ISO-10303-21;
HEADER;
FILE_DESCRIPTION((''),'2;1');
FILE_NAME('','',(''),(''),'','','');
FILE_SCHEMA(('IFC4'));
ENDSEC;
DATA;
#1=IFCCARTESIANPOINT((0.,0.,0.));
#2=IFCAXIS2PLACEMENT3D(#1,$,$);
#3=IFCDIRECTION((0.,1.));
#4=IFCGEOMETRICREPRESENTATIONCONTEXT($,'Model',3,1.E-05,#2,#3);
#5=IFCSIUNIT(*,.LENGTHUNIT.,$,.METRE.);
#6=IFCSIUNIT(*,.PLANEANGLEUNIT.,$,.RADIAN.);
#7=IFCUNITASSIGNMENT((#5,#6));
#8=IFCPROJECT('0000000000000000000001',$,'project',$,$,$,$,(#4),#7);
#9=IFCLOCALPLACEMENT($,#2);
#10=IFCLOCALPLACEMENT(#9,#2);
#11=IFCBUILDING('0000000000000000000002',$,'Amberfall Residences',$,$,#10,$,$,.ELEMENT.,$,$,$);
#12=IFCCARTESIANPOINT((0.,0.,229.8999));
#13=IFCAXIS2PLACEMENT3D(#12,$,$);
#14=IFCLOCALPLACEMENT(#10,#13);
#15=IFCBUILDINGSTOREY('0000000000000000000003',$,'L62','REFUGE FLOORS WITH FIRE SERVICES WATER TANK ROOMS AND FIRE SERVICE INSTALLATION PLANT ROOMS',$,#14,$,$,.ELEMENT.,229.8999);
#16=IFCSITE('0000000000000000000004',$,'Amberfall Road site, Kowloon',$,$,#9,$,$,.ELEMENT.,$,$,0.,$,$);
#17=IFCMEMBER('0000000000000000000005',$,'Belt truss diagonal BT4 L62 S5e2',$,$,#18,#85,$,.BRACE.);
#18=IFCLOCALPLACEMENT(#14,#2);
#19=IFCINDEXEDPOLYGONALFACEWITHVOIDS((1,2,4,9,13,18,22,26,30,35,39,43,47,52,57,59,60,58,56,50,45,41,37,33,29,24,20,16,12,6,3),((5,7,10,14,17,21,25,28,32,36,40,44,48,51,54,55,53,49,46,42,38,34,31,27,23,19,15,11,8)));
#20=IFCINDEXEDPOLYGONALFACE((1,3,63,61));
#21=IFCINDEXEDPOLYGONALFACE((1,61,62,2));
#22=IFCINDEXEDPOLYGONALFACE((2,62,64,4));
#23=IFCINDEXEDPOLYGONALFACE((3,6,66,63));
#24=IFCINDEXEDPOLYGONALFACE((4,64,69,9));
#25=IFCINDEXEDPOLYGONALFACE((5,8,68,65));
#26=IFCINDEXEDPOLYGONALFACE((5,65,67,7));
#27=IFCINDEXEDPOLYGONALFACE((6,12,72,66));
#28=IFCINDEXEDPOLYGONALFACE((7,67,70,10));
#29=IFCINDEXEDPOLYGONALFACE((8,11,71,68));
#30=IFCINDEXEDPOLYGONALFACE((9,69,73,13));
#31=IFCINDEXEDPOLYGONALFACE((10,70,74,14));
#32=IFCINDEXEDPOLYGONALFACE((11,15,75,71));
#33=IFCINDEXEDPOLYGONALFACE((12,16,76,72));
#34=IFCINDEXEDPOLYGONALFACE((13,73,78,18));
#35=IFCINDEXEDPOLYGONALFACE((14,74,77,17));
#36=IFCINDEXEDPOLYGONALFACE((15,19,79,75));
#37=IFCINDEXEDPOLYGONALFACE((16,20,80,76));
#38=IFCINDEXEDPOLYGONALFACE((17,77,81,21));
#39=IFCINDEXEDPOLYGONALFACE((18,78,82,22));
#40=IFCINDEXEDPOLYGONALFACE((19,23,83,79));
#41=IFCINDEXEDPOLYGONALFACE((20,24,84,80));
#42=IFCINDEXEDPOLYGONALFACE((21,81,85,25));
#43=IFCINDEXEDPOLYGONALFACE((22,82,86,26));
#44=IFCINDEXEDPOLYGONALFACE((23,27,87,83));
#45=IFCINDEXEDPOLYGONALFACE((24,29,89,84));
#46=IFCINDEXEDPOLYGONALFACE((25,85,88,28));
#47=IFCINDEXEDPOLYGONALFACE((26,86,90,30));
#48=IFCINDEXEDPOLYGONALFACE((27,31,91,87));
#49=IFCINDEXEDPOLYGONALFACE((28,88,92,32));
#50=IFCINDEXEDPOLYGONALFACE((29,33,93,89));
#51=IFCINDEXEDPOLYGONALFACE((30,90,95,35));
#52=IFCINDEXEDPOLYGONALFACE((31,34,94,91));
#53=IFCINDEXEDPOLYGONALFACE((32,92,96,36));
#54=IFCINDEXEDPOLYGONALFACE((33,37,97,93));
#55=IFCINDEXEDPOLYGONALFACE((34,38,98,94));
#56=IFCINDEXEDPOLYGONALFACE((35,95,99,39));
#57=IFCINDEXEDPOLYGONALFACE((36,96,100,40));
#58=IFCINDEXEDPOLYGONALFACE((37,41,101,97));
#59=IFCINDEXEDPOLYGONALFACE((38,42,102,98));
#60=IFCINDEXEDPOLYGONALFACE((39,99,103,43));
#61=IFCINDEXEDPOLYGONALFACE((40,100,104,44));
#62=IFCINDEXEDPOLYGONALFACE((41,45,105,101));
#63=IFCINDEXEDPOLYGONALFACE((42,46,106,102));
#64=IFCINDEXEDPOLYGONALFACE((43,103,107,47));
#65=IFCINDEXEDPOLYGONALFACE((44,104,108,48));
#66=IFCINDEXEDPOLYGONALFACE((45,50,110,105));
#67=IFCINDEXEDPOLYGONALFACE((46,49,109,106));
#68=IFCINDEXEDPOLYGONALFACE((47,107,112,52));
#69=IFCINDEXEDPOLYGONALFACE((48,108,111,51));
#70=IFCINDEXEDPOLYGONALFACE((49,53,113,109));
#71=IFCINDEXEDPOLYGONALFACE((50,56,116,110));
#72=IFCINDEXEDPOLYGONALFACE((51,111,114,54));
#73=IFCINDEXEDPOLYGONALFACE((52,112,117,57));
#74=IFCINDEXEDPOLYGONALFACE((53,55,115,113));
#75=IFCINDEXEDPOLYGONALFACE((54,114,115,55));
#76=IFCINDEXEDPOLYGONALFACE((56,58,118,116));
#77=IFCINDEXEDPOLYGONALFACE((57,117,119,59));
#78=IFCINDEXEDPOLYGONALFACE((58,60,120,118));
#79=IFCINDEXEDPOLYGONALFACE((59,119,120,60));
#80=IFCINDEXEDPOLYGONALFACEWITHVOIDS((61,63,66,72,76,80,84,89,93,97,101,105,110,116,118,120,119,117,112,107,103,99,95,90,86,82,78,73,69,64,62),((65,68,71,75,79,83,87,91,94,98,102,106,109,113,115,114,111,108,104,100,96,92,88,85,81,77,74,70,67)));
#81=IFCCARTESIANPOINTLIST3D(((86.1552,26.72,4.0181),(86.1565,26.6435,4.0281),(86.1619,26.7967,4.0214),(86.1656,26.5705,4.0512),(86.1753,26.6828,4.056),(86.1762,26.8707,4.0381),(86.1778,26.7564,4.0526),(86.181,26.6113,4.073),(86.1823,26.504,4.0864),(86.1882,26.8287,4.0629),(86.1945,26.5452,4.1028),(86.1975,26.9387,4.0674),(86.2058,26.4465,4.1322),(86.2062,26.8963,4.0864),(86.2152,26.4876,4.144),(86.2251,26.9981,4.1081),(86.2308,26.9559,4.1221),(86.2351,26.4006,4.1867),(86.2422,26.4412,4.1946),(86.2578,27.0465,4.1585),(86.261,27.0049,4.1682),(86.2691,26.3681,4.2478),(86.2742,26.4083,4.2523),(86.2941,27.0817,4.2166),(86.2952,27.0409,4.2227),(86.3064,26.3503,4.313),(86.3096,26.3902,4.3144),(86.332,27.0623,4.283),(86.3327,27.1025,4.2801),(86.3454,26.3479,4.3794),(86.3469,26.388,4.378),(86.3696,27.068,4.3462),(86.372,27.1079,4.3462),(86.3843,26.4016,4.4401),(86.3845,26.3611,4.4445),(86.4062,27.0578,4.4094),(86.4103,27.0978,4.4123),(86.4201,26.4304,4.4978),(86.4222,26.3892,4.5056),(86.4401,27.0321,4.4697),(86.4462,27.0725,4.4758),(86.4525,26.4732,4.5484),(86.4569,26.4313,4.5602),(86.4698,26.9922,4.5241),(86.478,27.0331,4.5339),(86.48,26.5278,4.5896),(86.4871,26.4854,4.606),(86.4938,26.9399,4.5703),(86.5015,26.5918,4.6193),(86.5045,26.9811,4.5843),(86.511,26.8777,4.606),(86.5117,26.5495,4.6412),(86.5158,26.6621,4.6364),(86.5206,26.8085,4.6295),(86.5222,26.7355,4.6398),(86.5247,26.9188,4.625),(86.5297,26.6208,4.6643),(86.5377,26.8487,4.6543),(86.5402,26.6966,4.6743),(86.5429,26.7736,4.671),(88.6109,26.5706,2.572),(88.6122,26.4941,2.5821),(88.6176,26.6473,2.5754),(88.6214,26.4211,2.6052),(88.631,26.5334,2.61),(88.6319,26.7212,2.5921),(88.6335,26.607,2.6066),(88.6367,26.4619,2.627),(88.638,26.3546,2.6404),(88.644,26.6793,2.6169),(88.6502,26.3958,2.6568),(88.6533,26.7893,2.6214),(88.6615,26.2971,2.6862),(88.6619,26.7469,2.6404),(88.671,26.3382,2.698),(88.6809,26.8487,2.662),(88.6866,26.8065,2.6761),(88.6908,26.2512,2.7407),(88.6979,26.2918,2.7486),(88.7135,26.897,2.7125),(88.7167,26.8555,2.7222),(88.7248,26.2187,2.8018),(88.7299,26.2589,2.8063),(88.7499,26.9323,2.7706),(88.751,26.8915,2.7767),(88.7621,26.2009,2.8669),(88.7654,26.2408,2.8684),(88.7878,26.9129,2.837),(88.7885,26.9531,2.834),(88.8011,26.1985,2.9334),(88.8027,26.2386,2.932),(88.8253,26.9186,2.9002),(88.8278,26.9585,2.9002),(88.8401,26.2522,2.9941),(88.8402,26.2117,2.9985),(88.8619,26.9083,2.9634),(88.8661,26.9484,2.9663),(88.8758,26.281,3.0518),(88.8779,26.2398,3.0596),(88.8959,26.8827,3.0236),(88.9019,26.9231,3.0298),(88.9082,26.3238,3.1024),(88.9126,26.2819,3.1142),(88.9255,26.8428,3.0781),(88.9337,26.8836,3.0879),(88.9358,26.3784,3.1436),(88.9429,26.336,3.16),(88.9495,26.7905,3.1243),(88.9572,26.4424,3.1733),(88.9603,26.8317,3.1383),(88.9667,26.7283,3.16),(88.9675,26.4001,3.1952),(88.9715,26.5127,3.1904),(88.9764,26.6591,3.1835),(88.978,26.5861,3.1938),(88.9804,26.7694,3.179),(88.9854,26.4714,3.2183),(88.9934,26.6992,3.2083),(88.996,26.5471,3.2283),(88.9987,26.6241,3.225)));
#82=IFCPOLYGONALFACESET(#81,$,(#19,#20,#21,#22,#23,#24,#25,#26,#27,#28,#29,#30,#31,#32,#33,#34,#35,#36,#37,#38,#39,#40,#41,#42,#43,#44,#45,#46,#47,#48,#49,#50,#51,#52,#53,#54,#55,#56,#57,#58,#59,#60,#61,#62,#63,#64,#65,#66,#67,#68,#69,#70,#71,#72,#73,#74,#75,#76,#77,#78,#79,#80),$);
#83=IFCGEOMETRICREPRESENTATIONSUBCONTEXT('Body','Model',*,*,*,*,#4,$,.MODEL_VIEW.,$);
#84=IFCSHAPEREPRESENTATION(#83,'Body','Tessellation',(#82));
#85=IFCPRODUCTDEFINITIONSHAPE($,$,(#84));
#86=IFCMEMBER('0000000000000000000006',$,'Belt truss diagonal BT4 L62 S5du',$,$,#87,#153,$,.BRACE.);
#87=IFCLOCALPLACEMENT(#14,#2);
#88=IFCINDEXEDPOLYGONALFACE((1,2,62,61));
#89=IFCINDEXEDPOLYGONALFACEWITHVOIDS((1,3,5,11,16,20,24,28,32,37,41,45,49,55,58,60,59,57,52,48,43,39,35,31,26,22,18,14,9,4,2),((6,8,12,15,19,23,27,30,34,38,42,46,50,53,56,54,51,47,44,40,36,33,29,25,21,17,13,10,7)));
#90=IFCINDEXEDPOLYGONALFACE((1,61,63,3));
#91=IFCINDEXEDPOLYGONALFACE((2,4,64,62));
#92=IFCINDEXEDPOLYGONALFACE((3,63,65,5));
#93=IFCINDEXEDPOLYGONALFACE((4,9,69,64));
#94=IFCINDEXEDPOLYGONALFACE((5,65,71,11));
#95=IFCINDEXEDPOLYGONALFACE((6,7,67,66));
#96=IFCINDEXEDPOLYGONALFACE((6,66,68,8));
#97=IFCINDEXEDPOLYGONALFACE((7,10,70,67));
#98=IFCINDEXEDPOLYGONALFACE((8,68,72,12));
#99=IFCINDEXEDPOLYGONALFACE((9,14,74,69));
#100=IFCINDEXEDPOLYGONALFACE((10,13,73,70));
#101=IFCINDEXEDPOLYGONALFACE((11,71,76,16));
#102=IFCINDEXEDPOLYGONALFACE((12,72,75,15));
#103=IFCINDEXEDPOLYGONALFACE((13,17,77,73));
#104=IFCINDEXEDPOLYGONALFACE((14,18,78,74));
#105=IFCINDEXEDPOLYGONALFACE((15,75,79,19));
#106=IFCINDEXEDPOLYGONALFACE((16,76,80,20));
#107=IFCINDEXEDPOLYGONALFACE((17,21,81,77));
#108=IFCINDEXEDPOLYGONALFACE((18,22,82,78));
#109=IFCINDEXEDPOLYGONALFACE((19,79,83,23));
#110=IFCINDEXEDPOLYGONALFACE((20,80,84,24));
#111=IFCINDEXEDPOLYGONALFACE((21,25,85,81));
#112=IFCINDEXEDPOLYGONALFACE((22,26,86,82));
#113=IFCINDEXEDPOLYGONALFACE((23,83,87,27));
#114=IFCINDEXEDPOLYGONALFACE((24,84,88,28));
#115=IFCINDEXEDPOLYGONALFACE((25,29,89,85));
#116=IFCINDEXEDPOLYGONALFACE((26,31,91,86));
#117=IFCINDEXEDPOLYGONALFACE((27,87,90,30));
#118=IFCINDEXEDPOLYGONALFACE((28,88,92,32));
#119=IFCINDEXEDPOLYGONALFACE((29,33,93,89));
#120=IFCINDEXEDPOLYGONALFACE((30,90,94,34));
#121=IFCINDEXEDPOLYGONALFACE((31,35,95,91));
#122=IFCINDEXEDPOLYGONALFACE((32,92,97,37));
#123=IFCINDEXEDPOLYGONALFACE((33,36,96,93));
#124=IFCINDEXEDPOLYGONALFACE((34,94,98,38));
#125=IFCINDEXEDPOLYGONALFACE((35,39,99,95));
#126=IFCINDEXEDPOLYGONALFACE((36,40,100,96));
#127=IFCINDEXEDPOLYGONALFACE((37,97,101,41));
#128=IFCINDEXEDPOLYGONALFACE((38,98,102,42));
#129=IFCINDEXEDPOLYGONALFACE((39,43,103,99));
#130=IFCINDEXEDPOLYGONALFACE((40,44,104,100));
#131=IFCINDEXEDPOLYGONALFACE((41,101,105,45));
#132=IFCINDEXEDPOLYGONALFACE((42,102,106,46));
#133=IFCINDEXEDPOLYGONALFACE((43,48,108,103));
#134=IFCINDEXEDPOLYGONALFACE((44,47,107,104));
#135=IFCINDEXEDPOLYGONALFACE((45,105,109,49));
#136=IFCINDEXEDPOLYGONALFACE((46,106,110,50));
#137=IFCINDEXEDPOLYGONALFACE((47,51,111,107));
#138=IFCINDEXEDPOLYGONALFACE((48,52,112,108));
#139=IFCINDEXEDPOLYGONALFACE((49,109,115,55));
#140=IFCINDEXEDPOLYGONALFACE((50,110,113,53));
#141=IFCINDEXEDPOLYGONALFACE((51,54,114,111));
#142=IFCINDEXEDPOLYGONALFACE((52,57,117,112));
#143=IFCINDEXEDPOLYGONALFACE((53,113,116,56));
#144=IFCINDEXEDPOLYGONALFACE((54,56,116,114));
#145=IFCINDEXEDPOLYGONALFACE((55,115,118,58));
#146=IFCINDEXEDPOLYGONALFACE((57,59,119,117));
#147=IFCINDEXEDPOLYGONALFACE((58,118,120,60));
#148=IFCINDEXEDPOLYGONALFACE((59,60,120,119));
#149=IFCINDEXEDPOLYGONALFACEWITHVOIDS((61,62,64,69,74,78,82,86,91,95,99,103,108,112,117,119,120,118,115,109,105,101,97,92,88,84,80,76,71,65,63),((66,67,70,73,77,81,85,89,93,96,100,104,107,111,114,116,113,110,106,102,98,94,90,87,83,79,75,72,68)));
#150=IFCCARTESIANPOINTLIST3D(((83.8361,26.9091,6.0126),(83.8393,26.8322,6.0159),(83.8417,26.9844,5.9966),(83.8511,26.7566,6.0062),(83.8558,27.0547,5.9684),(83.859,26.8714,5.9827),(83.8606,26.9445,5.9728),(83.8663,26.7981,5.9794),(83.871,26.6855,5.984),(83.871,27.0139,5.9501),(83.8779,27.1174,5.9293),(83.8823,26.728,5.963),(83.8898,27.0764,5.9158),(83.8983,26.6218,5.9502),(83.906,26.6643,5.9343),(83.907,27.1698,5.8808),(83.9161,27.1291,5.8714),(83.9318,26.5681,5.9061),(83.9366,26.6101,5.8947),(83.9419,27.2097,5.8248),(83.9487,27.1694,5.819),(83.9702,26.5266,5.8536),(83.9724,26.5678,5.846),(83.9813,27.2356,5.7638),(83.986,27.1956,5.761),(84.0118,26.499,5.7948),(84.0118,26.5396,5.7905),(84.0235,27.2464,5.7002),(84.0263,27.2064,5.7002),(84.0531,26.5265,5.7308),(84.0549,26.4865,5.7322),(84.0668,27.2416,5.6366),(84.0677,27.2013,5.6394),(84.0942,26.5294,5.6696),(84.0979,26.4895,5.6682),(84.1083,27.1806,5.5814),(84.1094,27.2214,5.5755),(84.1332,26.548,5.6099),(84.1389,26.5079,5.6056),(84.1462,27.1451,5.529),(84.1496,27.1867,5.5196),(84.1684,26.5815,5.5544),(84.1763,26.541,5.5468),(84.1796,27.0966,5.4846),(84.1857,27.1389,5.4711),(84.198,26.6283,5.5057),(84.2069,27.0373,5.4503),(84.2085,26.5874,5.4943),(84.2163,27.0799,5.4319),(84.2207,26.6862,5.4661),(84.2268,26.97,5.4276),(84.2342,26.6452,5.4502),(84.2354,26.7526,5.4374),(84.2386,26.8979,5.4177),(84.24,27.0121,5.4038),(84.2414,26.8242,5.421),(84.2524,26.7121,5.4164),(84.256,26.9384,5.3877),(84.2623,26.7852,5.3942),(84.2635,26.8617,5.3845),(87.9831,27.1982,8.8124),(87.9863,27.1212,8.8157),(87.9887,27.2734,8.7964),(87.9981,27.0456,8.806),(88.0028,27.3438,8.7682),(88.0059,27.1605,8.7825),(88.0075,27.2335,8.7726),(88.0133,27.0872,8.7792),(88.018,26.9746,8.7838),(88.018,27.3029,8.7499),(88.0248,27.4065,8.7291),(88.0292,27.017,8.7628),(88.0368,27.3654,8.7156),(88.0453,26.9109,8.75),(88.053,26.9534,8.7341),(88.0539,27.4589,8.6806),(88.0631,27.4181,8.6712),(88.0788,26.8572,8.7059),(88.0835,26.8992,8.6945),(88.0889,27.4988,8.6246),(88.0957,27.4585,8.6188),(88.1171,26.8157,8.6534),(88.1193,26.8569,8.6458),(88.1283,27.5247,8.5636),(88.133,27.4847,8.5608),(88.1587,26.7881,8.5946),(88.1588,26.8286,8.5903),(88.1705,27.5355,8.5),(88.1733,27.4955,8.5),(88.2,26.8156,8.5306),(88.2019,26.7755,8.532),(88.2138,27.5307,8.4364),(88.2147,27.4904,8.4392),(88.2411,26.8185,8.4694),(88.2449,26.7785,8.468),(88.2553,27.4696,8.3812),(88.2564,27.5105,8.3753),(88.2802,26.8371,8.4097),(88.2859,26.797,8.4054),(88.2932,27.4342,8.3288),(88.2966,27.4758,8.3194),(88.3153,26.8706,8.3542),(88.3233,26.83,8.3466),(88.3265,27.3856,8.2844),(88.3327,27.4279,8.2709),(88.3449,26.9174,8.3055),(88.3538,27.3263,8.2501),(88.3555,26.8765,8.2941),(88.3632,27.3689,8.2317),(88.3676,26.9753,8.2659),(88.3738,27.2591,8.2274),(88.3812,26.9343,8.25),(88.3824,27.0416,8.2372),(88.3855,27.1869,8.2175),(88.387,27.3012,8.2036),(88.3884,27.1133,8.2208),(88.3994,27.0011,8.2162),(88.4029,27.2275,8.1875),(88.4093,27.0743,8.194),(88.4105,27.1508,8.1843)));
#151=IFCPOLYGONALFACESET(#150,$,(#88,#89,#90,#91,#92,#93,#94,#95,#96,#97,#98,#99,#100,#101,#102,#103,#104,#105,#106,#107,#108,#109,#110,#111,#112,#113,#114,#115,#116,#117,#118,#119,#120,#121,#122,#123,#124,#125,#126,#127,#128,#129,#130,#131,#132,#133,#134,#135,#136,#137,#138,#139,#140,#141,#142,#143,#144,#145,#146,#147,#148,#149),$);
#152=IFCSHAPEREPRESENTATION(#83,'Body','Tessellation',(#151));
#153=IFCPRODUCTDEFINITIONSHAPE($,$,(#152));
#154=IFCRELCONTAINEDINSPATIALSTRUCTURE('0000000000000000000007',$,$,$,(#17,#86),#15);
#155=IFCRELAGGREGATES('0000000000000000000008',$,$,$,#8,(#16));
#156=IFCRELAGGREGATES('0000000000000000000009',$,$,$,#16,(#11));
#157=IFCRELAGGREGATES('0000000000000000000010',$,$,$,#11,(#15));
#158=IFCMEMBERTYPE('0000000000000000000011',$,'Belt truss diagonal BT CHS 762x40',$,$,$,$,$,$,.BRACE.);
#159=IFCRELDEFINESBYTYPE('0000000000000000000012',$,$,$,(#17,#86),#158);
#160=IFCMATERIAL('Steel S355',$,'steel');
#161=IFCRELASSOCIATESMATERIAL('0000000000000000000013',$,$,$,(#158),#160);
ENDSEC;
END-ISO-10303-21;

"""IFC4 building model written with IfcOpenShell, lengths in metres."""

from ifc_helpers import new_model, si_unit, direction, frame, origin, origin_2d, place, context, subcontext, project, spatial, hollow_circle, extrude, material, material_profile, profile_set, type_object, element, save


model = new_model("IFC4")

# Units and contexts
model_context = context("Model", 3, precision=1e-05, world=origin(), true_north=direction((0.0, 1.0)))
body_context = subcontext(model_context, "Body", "Model", "MODEL_VIEW")
ifc_project = project(units=[si_unit("LENGTHUNIT", "METRE"), si_unit("PLANEANGLEUNIT", "RADIAN")], contexts=[model_context])

# Site, building, storey
site_placement = place(None, origin())
site = spatial("IfcSite", under=ifc_project, at=site_placement, Name="Amberfall Road site, Kowloon", CompositionType="ELEMENT", RefElevation=0.0)
building_placement = place(site_placement, origin())
building = spatial("IfcBuilding", under=site, at=building_placement, Name="Amberfall Residences", CompositionType="ELEMENT")
storey_placement = place(building_placement, frame((0.0, 0.0, 229.8999)))
storey = spatial("IfcBuildingStorey", under=building, at=storey_placement, Name="L62", Description="REFUGE FLOORS WITH FIRE SERVICES WATER TANK ROOMS AND FIRE SERVICE INSTALLATION PLANT ROOMS", CompositionType="ELEMENT", Elevation=229.8999)

# Shared definitions
ifc_material_1 = material(Name="Steel S355", Category="steel")

# Members
ifc_material_profile_1 = material_profile(ifc_material_1, hollow_circle(Radius=0.3811, WallThickness=0.04, at=origin_2d()), Name="CHS 762x40")
ifc_profile_set_1 = profile_set([ifc_material_profile_1], Name="Steel S355")
member_type_1 = type_object("IfcMemberType", Name="Belt truss diagonal BT CHS 762x40", PredefinedType="BRACE", material=ifc_profile_set_1)
member_1_placement = place(storey_placement, frame((86.3489, 26.7275, 4.3462), z_axis=(0.86053, -0.052356, -0.506702), x_axis=(0.060729, 0.998154, 0.0)))
element("IfcMember", 1, at=member_1_placement, inside=storey, type_object=member_type_1, Name="Belt truss diagonal BT4 L62 S5e2", PredefinedType="BRACE", context=body_context, shape_type="SweptSolid", body=[
    extrude(hollow_circle(Radius=0.3811, WallThickness=0.04, at=origin_2d()), origin(), (0.0, 0.0, 1.0), 2.8538),
])
member_2_placement = place(storey_placement, frame((84.05, 26.8662, 5.7002), z_axis=(0.827414, 0.057674, 0.558624), x_axis=(-0.069536, 0.997579, 0.0)))
element("IfcMember", 2, at=member_2_placement, inside=storey, type_object=member_type_1, Name="Belt truss diagonal BT4 L62 S5du", PredefinedType="BRACE", context=body_context, shape_type="SweptSolid", body=[
    extrude(hollow_circle(Radius=0.3811, WallThickness=0.04, at=origin_2d()), origin(), (0.0, 0.0, 1.0), 5.012),
])

save(model, "model.ifc")
